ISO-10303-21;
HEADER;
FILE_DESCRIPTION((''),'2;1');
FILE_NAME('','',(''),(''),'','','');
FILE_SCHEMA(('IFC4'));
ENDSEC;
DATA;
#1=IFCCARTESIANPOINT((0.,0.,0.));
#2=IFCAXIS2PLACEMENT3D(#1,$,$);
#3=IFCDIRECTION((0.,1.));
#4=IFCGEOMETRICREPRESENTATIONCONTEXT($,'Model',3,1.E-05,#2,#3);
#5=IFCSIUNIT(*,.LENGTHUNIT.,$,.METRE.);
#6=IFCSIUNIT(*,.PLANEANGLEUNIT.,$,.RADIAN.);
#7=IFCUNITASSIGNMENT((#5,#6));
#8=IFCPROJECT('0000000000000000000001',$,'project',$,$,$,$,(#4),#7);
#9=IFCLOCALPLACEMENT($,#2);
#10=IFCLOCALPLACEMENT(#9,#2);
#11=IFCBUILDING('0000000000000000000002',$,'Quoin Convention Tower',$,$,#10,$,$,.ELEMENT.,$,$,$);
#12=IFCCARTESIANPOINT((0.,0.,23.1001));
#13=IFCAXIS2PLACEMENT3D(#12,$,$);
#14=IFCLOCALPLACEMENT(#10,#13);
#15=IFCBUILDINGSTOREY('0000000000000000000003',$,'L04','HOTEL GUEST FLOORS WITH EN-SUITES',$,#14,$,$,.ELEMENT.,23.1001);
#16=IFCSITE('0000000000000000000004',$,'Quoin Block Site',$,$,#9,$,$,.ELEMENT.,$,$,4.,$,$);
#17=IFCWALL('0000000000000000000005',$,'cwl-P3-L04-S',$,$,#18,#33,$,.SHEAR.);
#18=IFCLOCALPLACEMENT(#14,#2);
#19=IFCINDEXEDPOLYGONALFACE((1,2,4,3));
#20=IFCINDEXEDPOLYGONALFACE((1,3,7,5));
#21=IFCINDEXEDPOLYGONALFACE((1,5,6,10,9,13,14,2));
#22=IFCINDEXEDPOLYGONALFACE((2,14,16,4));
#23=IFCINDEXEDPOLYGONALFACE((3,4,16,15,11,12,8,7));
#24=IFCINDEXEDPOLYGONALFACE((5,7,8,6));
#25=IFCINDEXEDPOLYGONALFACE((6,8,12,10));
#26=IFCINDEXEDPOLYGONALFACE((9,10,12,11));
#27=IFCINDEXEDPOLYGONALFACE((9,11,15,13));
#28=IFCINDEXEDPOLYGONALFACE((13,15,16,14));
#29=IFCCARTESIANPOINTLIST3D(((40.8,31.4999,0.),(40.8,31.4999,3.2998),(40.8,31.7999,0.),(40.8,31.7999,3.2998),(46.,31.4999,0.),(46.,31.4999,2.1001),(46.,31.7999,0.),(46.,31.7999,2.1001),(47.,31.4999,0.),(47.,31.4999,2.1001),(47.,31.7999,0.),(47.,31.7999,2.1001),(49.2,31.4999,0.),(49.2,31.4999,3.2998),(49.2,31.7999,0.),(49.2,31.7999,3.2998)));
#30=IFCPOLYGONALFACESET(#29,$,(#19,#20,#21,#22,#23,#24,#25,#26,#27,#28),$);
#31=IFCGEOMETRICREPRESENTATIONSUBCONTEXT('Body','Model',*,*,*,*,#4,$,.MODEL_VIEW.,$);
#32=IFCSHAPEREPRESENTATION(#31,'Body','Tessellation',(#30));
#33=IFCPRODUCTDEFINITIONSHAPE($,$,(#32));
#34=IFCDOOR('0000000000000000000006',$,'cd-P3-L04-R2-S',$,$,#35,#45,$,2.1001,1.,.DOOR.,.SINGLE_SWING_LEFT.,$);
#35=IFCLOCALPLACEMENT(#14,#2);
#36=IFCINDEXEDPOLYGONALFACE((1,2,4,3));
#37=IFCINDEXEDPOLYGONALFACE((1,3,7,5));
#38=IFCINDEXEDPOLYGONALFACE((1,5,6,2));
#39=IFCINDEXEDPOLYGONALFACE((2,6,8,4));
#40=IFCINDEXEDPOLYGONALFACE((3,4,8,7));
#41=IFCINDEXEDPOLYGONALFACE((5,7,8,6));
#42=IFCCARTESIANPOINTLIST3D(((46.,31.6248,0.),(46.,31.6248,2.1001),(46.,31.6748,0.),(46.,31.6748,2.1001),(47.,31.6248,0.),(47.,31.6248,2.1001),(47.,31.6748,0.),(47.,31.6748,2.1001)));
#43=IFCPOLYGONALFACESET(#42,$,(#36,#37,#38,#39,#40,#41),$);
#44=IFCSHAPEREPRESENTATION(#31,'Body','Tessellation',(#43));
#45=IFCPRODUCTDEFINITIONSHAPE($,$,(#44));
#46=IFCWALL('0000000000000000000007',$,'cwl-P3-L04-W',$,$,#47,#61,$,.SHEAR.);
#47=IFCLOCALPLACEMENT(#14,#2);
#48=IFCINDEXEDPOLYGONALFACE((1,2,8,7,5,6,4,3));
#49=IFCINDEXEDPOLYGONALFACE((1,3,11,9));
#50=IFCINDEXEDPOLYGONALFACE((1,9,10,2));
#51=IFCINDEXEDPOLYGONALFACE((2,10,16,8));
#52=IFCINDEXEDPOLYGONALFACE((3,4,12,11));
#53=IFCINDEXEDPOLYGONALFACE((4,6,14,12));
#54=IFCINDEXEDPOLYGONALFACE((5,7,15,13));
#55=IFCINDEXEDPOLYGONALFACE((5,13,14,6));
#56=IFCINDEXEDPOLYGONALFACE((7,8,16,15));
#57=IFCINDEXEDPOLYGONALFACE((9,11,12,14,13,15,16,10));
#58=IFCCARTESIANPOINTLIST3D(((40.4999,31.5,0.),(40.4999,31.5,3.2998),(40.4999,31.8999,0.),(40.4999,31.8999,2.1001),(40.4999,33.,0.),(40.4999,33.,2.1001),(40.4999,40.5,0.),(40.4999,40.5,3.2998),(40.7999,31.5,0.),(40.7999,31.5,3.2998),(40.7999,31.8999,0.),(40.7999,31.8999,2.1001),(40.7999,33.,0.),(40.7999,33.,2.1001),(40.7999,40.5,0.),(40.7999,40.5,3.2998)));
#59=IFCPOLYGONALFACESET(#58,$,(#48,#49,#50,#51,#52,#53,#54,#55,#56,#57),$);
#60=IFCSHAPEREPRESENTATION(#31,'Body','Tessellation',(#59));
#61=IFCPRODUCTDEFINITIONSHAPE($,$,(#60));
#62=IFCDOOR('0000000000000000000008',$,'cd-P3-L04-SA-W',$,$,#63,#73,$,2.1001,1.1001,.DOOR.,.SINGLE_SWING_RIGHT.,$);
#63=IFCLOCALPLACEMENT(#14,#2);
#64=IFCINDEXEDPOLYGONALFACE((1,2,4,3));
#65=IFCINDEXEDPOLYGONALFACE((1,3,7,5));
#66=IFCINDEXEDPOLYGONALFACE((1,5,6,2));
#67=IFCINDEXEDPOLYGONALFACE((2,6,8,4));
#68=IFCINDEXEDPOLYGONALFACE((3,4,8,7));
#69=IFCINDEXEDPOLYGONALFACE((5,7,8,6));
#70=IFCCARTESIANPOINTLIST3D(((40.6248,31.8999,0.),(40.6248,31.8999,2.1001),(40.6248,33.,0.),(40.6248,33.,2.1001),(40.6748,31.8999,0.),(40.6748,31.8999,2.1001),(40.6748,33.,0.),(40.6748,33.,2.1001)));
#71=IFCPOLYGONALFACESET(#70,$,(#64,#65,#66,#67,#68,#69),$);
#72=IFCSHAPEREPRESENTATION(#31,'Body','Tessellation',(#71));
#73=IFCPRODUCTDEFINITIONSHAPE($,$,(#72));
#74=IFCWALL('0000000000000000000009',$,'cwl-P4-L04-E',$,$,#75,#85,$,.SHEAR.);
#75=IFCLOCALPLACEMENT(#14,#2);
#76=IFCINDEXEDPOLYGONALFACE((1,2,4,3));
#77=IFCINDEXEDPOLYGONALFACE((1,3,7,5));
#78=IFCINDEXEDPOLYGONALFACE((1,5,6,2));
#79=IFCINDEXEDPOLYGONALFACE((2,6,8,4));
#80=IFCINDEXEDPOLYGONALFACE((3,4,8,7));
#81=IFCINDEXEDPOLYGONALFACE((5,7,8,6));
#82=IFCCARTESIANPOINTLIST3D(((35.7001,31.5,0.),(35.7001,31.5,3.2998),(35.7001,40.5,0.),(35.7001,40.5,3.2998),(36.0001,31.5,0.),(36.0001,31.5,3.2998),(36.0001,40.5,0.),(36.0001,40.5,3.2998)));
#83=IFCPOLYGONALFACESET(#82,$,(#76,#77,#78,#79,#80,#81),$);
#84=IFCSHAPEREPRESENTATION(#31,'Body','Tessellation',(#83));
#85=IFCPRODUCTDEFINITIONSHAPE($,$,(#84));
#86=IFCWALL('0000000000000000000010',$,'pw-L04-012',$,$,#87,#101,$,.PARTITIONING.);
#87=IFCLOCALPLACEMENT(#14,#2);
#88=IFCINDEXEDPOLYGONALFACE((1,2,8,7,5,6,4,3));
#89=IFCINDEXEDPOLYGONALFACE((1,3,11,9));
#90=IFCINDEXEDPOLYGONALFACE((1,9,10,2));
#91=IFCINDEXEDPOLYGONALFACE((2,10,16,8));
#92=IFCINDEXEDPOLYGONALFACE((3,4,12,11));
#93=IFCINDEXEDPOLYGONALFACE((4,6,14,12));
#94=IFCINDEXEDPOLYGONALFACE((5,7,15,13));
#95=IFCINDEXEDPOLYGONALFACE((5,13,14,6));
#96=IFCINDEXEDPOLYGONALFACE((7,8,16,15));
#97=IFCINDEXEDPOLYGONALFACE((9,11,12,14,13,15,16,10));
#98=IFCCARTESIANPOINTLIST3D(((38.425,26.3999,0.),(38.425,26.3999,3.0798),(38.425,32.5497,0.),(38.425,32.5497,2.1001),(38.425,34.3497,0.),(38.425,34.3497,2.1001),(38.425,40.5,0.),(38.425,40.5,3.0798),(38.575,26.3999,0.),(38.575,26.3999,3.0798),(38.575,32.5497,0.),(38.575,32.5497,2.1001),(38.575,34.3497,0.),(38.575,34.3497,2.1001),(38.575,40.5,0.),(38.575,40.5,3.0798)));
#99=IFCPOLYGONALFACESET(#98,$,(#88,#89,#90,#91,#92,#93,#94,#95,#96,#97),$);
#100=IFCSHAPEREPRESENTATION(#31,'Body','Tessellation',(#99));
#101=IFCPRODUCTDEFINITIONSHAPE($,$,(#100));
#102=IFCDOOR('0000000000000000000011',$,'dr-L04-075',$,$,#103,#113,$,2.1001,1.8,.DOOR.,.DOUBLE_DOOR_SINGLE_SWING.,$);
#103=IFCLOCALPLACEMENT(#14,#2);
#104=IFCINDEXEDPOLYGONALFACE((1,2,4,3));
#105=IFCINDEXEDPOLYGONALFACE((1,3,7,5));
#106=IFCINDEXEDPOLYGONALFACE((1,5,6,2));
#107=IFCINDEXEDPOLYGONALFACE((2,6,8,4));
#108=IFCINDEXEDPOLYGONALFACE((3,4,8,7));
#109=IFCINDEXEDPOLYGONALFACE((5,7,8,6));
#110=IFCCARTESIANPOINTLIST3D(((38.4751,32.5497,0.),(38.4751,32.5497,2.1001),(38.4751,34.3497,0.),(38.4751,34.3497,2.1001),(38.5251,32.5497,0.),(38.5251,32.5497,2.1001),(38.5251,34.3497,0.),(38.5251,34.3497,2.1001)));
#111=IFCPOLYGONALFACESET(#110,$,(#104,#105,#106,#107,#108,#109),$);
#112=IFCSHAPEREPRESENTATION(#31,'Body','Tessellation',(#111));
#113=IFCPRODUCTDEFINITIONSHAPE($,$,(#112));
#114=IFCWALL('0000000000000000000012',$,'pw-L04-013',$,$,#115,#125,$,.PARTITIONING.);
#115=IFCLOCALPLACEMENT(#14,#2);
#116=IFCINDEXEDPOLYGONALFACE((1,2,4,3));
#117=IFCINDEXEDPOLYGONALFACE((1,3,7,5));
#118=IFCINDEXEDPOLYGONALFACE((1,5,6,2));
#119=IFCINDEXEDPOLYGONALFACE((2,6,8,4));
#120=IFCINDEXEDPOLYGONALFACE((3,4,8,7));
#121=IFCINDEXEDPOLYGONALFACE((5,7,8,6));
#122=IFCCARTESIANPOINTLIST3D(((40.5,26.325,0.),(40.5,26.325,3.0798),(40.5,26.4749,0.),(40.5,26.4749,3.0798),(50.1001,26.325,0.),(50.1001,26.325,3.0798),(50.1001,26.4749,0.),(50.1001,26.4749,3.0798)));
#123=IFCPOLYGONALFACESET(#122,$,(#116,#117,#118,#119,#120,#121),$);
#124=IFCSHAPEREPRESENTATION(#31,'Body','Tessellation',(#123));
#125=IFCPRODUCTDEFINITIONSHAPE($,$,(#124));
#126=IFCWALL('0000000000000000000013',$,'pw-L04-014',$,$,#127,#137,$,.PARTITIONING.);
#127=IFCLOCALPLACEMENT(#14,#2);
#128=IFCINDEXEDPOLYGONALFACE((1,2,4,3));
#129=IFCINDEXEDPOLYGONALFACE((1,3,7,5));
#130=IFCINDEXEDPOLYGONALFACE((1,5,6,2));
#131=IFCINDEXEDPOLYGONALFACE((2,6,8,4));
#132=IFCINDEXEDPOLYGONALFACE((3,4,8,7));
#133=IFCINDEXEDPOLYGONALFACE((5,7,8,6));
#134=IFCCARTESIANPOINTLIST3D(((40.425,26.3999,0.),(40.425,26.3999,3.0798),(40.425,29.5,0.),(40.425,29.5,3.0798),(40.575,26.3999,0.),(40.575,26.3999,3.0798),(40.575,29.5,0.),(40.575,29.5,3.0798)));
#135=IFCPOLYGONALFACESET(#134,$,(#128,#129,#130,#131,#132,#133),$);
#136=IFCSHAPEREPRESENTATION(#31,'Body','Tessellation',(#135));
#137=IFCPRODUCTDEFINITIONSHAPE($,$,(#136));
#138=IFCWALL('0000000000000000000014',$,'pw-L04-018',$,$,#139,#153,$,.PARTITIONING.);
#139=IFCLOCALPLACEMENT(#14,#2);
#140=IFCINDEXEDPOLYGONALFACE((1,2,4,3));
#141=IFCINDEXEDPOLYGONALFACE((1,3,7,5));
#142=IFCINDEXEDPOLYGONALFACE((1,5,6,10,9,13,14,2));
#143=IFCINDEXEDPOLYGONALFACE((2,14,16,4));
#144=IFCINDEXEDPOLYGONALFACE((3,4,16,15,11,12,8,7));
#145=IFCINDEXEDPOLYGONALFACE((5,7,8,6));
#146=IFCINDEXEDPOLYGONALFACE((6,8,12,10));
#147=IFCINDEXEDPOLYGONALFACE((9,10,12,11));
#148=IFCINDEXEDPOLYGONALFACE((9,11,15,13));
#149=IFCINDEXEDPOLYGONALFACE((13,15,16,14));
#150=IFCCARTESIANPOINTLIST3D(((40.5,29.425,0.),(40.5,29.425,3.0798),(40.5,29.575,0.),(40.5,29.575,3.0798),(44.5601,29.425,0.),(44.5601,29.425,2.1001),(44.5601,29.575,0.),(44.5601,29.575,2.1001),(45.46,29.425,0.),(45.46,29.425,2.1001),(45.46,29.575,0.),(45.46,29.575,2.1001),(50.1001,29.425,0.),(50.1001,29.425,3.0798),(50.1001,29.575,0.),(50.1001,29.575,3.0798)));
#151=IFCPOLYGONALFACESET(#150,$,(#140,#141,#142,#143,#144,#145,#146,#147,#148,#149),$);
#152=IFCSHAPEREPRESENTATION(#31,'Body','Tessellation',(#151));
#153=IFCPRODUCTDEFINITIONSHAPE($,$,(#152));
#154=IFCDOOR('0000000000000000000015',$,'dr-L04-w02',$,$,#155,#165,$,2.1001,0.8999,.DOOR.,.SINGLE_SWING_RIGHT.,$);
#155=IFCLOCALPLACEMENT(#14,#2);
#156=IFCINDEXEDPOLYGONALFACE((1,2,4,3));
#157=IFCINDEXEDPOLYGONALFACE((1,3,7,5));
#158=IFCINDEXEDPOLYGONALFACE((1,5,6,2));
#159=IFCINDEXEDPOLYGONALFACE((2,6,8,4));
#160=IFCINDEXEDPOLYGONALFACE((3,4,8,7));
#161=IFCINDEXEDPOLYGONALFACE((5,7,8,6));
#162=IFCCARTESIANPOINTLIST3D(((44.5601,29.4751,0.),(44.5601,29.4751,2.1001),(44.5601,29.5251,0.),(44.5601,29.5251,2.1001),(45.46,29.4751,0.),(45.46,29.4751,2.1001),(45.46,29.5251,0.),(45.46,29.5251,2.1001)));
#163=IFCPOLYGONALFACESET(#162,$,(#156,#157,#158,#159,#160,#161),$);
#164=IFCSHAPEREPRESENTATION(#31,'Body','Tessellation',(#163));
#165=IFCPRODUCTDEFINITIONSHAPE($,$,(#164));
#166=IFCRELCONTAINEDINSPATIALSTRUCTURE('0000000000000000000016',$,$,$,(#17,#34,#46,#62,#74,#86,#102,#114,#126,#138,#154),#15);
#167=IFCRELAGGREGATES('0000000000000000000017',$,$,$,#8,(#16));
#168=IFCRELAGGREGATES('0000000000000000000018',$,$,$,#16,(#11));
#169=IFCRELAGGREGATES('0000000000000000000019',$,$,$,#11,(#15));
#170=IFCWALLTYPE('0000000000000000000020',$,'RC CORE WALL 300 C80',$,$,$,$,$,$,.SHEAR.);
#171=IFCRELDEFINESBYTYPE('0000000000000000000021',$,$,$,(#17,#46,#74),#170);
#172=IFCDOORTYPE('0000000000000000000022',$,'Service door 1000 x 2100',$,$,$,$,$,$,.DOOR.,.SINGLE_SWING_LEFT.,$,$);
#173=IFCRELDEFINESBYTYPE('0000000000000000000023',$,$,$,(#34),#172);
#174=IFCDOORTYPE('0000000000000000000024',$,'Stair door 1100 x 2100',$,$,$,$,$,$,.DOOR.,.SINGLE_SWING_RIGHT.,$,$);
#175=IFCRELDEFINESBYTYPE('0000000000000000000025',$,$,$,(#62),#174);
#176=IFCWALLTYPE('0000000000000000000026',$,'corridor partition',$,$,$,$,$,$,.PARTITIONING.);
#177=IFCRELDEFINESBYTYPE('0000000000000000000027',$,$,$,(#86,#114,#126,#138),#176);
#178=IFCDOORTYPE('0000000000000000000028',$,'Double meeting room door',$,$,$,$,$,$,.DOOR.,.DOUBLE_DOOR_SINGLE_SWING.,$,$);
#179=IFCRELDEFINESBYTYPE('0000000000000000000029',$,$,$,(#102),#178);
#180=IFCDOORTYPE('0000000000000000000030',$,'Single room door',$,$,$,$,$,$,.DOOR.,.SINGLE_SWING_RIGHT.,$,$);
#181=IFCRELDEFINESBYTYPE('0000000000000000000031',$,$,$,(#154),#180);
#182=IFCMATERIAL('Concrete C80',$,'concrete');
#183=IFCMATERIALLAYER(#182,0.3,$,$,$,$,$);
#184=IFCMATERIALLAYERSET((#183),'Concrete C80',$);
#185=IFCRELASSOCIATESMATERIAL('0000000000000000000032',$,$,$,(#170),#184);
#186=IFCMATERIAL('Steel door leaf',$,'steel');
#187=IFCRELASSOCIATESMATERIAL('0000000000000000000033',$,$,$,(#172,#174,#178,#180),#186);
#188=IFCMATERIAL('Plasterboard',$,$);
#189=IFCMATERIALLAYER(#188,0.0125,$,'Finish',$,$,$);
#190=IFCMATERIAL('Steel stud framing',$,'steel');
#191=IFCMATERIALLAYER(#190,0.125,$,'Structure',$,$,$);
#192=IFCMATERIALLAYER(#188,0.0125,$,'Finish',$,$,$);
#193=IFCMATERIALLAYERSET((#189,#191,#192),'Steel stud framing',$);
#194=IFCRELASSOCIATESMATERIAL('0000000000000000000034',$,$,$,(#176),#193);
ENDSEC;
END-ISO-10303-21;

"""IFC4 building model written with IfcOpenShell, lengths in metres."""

from ifc_helpers import new_model, si_unit, direction, frame, frame_2d, origin, place, context, subcontext, project, spatial, rectangle, extrude, material, layer, layer_set, type_object, element, fill, save


model = new_model("IFC4")

# Units and contexts
model_context = context("Model", 3, precision=1e-05, world=origin(), true_north=direction((0.0, 1.0)))
body_context = subcontext(model_context, "Body", "Model", "MODEL_VIEW")
ifc_project = project(units=[si_unit("LENGTHUNIT", "METRE"), si_unit("PLANEANGLEUNIT", "RADIAN")], contexts=[model_context])

# Site, building, storey
site_placement = place(None, origin())
site = spatial("IfcSite", under=ifc_project, at=site_placement, Name="Quoin Block Site", CompositionType="ELEMENT", RefElevation=4.0)
building_placement = place(site_placement, origin())
building = spatial("IfcBuilding", under=site, at=building_placement, Name="Quoin Convention Tower", CompositionType="ELEMENT")
storey_placement = place(building_placement, frame((0.0, 0.0, 23.1001)))
storey = spatial("IfcBuildingStorey", under=building, at=storey_placement, Name="L04", Description="HOTEL GUEST FLOORS WITH EN-SUITES", CompositionType="ELEMENT", Elevation=23.1001)

# Shared definitions
ifc_material_1 = material(Name="Concrete C80", Category="concrete")

# Walls, openings, doors
ifc_layer_1 = layer(ifc_material_1, 0.3)
ifc_layer_set_1 = layer_set([ifc_layer_1], Name="Concrete C80")
wall_type_1 = type_object("IfcWallType", Name="RC CORE WALL 300 C80", PredefinedType="SHEAR", material=ifc_layer_set_1)
wall_1_placement = place(storey_placement, frame((40.8, 31.6499, 0.0), z_axis=(0.0, 0.0, 1.0), x_axis=(1.0, 0.0, 0.0)))
wall_1 = element("IfcWall", 1, at=wall_1_placement, inside=storey, type_object=wall_type_1, Name="cwl-P3-L04-S", PredefinedType="SHEAR", context=body_context, shape_type="SweptSolid", body=[
    extrude(rectangle(XDim=8.3999, YDim=0.3, at=frame_2d((4.2, 0.0))), origin(), (0.0, 0.0, 1.0), 3.2998),
])
opening_1_placement = place(wall_1_placement, frame((5.2, 0.0, 0.0)))
opening_1 = element("IfcOpeningElement", 2, at=opening_1_placement, cuts=wall_1, PredefinedType="OPENING", context=body_context, shape_type="SweptSolid", body=[
    extrude(rectangle(XDim=1.0, YDim=2.1001, at=frame_2d((0.5, 1.05))), frame((0.0, 0.1599, 0.0), z_axis=(0.0, -1.0, 0.0), x_axis=(1.0, 0.0, 0.0)), (0.0, 0.0, 1.0), 0.3201),
])
ifc_material_2 = material(Name="Steel door leaf", Category="steel")
door_type_1 = type_object("IfcDoorType", Name="Service door 1000 x 2100", OperationType="SINGLE_SWING_LEFT", PredefinedType="DOOR", material=ifc_material_2)
door_1_placement = place(opening_1_placement, origin())
door_1 = element("IfcDoor", 3, at=door_1_placement, inside=storey, type_object=door_type_1, Name="cd-P3-L04-R2-S", OperationType="SINGLE_SWING_LEFT", OverallHeight=2.1001, OverallWidth=1.0, PredefinedType="DOOR", context=body_context, shape_type="SweptSolid", body=[
    extrude(rectangle(XDim=1.0, YDim=2.1001, at=frame_2d((0.5, 1.05))), frame((0.0, 0.0249, 0.0), z_axis=(0.0, -1.0, 0.0), x_axis=(1.0, 0.0, 0.0)), (0.0, 0.0, 1.0), 0.05),
])
fill(opening_1, door_1)
wall_2_placement = place(storey_placement, frame((40.6499, 31.5, 0.0), z_axis=(0.0, 0.0, 1.0), x_axis=(0.0, 1.0, 0.0)))
wall_2 = element("IfcWall", 4, at=wall_2_placement, inside=storey, type_object=wall_type_1, Name="cwl-P3-L04-W", PredefinedType="SHEAR", context=body_context, shape_type="SweptSolid", body=[
    extrude(rectangle(XDim=9.0, YDim=0.3, at=frame_2d((4.5, 0.0))), origin(), (0.0, 0.0, 1.0), 3.2998),
])
opening_2_placement = place(wall_2_placement, frame((0.3999, 0.0, 0.0)))
opening_2 = element("IfcOpeningElement", 5, at=opening_2_placement, cuts=wall_2, PredefinedType="OPENING", context=body_context, shape_type="SweptSolid", body=[
    extrude(rectangle(XDim=1.1001, YDim=2.1001, at=frame_2d((0.55, 1.05))), frame((0.0, 0.1599, 0.0), z_axis=(0.0, -1.0, 0.0), x_axis=(1.0, 0.0, 0.0)), (0.0, 0.0, 1.0), 0.3201),
])
door_type_2 = type_object("IfcDoorType", Name="Stair door 1100 x 2100", OperationType="SINGLE_SWING_RIGHT", PredefinedType="DOOR", material=ifc_material_2)
door_2_placement = place(opening_2_placement, frame((1.1001, 0.0, 0.0), z_axis=(0.0, 0.0, 1.0), x_axis=(-1.0, 0.0, 0.0)))
door_2 = element("IfcDoor", 6, at=door_2_placement, inside=storey, type_object=door_type_2, Name="cd-P3-L04-SA-W", OperationType="SINGLE_SWING_RIGHT", OverallHeight=2.1001, OverallWidth=1.1001, PredefinedType="DOOR", context=body_context, shape_type="SweptSolid", body=[
    extrude(rectangle(XDim=1.1001, YDim=2.1001, at=frame_2d((0.55, 1.05))), frame((0.0, 0.0249, 0.0), z_axis=(0.0, -1.0, 0.0), x_axis=(1.0, 0.0, 0.0)), (0.0, 0.0, 1.0), 0.05),
])
fill(opening_2, door_2)

# Wall
wall_3_placement = place(storey_placement, frame((35.8501, 31.5, 0.0), z_axis=(0.0, 0.0, 1.0), x_axis=(0.0, 1.0, 0.0)))
element("IfcWall", 7, at=wall_3_placement, inside=storey, type_object=wall_type_1, Name="cwl-P4-L04-E", PredefinedType="SHEAR", context=body_context, shape_type="SweptSolid", body=[
    extrude(rectangle(XDim=9.0, YDim=0.3, at=frame_2d((4.5, 0.0))), origin(), (0.0, 0.0, 1.0), 3.2998),
])

# Wall, opening, door
ifc_material_3 = material(Name="Plasterboard")
ifc_layer_2 = layer(ifc_material_3, 0.0125, Name="Finish")
ifc_material_4 = material(Name="Steel stud framing", Category="steel")
ifc_layer_3 = layer(ifc_material_4, 0.125, Name="Structure")
ifc_layer_4 = layer(ifc_material_3, 0.0125, Name="Finish")
ifc_layer_set_2 = layer_set([ifc_layer_2, ifc_layer_3, ifc_layer_4], Name="Steel stud framing")
wall_type_2 = type_object("IfcWallType", Name="corridor partition", PredefinedType="PARTITIONING", material=ifc_layer_set_2)
wall_4_placement = place(storey_placement, frame((38.5, 26.3999, 0.0), z_axis=(0.0, 0.0, 1.0), x_axis=(0.0, 1.0, 0.0)))
wall_4 = element("IfcWall", 8, at=wall_4_placement, inside=storey, type_object=wall_type_2, Name="pw-L04-012", PredefinedType="PARTITIONING", context=body_context, shape_type="SweptSolid", body=[
    extrude(rectangle(XDim=14.1001, YDim=0.1499, at=frame_2d((7.05, 0.0))), origin(), (0.0, 0.0, 1.0), 3.0798),
])
opening_3_placement = place(wall_4_placement, frame((6.1499, 0.0, 0.0)))
opening_3 = element("IfcOpeningElement", 9, at=opening_3_placement, cuts=wall_4, PredefinedType="OPENING", context=body_context, shape_type="SweptSolid", body=[
    extrude(rectangle(XDim=1.8, YDim=2.1001, at=frame_2d((0.8999, 1.05))), frame((0.0, 0.085, 0.0), z_axis=(0.0, -1.0, 0.0), x_axis=(1.0, 0.0, 0.0)), (0.0, 0.0, 1.0), 0.1699),
])
door_type_3 = type_object("IfcDoorType", Name="Double meeting room door", OperationType="DOUBLE_DOOR_SINGLE_SWING", PredefinedType="DOOR", material=ifc_material_2)
door_3_placement = place(opening_3_placement, origin())
door_3 = element("IfcDoor", 10, at=door_3_placement, inside=storey, type_object=door_type_3, Name="dr-L04-075", OperationType="DOUBLE_DOOR_SINGLE_SWING", OverallHeight=2.1001, OverallWidth=1.8, PredefinedType="DOOR", context=body_context, shape_type="SweptSolid", body=[
    extrude(rectangle(XDim=1.8, YDim=2.1001, at=frame_2d((0.8999, 1.05))), frame((0.0, 0.0249, 0.0), z_axis=(0.0, -1.0, 0.0), x_axis=(1.0, 0.0, 0.0)), (0.0, 0.0, 1.0), 0.05),
])
fill(opening_3, door_3)

# Walls
wall_5_placement = place(storey_placement, frame((40.5, 26.3999, 0.0), z_axis=(0.0, 0.0, 1.0), x_axis=(1.0, 0.0, 0.0)))
element("IfcWall", 11, at=wall_5_placement, inside=storey, type_object=wall_type_2, Name="pw-L04-013", PredefinedType="PARTITIONING", context=body_context, shape_type="SweptSolid", body=[
    extrude(rectangle(XDim=9.6001, YDim=0.1499, at=frame_2d((4.8, 0.0))), origin(), (0.0, 0.0, 1.0), 3.0798),
])
wall_6_placement = place(storey_placement, frame((40.5, 26.3999, 0.0), z_axis=(0.0, 0.0, 1.0), x_axis=(0.0, 1.0, 0.0)))
element("IfcWall", 12, at=wall_6_placement, inside=storey, type_object=wall_type_2, Name="pw-L04-014", PredefinedType="PARTITIONING", context=body_context, shape_type="SweptSolid", body=[
    extrude(rectangle(XDim=3.1001, YDim=0.1499, at=frame_2d((1.55, 0.0))), origin(), (0.0, 0.0, 1.0), 3.0798),
])

# Wall, opening, door
wall_7_placement = place(storey_placement, frame((40.5, 29.5, 0.0), z_axis=(0.0, 0.0, 1.0), x_axis=(1.0, 0.0, 0.0)))
wall_7 = element("IfcWall", 13, at=wall_7_placement, inside=storey, type_object=wall_type_2, Name="pw-L04-018", PredefinedType="PARTITIONING", context=body_context, shape_type="SweptSolid", body=[
    extrude(rectangle(XDim=9.6001, YDim=0.1499, at=frame_2d((4.8, 0.0))), origin(), (0.0, 0.0, 1.0), 3.0798),
])
opening_4_placement = place(wall_7_placement, frame((4.0601, 0.0, 0.0)))
opening_4 = element("IfcOpeningElement", 14, at=opening_4_placement, cuts=wall_7, PredefinedType="OPENING", context=body_context, shape_type="SweptSolid", body=[
    extrude(rectangle(XDim=0.8999, YDim=2.1001, at=frame_2d((0.45, 1.05))), frame((0.0, 0.085, 0.0), z_axis=(0.0, -1.0, 0.0), x_axis=(1.0, 0.0, 0.0)), (0.0, 0.0, 1.0), 0.1699),
])
door_type_4 = type_object("IfcDoorType", Name="Single room door", OperationType="SINGLE_SWING_RIGHT", PredefinedType="DOOR", material=ifc_material_2)
door_4_placement = place(opening_4_placement, frame((0.8999, 0.0, 0.0), z_axis=(0.0, 0.0, 1.0), x_axis=(-1.0, 0.0, 0.0)))
door_4 = element("IfcDoor", 15, at=door_4_placement, inside=storey, type_object=door_type_4, Name="dr-L04-w02", OperationType="SINGLE_SWING_RIGHT", OverallHeight=2.1001, OverallWidth=0.8999, PredefinedType="DOOR", context=body_context, shape_type="SweptSolid", body=[
    extrude(rectangle(XDim=0.8999, YDim=2.1001, at=frame_2d((0.45, 1.05))), frame((0.0, 0.0249, 0.0), z_axis=(0.0, -1.0, 0.0), x_axis=(1.0, 0.0, 0.0)), (0.0, 0.0, 1.0), 0.05),
])
fill(opening_4, door_4)

save(model, "model.ifc")
